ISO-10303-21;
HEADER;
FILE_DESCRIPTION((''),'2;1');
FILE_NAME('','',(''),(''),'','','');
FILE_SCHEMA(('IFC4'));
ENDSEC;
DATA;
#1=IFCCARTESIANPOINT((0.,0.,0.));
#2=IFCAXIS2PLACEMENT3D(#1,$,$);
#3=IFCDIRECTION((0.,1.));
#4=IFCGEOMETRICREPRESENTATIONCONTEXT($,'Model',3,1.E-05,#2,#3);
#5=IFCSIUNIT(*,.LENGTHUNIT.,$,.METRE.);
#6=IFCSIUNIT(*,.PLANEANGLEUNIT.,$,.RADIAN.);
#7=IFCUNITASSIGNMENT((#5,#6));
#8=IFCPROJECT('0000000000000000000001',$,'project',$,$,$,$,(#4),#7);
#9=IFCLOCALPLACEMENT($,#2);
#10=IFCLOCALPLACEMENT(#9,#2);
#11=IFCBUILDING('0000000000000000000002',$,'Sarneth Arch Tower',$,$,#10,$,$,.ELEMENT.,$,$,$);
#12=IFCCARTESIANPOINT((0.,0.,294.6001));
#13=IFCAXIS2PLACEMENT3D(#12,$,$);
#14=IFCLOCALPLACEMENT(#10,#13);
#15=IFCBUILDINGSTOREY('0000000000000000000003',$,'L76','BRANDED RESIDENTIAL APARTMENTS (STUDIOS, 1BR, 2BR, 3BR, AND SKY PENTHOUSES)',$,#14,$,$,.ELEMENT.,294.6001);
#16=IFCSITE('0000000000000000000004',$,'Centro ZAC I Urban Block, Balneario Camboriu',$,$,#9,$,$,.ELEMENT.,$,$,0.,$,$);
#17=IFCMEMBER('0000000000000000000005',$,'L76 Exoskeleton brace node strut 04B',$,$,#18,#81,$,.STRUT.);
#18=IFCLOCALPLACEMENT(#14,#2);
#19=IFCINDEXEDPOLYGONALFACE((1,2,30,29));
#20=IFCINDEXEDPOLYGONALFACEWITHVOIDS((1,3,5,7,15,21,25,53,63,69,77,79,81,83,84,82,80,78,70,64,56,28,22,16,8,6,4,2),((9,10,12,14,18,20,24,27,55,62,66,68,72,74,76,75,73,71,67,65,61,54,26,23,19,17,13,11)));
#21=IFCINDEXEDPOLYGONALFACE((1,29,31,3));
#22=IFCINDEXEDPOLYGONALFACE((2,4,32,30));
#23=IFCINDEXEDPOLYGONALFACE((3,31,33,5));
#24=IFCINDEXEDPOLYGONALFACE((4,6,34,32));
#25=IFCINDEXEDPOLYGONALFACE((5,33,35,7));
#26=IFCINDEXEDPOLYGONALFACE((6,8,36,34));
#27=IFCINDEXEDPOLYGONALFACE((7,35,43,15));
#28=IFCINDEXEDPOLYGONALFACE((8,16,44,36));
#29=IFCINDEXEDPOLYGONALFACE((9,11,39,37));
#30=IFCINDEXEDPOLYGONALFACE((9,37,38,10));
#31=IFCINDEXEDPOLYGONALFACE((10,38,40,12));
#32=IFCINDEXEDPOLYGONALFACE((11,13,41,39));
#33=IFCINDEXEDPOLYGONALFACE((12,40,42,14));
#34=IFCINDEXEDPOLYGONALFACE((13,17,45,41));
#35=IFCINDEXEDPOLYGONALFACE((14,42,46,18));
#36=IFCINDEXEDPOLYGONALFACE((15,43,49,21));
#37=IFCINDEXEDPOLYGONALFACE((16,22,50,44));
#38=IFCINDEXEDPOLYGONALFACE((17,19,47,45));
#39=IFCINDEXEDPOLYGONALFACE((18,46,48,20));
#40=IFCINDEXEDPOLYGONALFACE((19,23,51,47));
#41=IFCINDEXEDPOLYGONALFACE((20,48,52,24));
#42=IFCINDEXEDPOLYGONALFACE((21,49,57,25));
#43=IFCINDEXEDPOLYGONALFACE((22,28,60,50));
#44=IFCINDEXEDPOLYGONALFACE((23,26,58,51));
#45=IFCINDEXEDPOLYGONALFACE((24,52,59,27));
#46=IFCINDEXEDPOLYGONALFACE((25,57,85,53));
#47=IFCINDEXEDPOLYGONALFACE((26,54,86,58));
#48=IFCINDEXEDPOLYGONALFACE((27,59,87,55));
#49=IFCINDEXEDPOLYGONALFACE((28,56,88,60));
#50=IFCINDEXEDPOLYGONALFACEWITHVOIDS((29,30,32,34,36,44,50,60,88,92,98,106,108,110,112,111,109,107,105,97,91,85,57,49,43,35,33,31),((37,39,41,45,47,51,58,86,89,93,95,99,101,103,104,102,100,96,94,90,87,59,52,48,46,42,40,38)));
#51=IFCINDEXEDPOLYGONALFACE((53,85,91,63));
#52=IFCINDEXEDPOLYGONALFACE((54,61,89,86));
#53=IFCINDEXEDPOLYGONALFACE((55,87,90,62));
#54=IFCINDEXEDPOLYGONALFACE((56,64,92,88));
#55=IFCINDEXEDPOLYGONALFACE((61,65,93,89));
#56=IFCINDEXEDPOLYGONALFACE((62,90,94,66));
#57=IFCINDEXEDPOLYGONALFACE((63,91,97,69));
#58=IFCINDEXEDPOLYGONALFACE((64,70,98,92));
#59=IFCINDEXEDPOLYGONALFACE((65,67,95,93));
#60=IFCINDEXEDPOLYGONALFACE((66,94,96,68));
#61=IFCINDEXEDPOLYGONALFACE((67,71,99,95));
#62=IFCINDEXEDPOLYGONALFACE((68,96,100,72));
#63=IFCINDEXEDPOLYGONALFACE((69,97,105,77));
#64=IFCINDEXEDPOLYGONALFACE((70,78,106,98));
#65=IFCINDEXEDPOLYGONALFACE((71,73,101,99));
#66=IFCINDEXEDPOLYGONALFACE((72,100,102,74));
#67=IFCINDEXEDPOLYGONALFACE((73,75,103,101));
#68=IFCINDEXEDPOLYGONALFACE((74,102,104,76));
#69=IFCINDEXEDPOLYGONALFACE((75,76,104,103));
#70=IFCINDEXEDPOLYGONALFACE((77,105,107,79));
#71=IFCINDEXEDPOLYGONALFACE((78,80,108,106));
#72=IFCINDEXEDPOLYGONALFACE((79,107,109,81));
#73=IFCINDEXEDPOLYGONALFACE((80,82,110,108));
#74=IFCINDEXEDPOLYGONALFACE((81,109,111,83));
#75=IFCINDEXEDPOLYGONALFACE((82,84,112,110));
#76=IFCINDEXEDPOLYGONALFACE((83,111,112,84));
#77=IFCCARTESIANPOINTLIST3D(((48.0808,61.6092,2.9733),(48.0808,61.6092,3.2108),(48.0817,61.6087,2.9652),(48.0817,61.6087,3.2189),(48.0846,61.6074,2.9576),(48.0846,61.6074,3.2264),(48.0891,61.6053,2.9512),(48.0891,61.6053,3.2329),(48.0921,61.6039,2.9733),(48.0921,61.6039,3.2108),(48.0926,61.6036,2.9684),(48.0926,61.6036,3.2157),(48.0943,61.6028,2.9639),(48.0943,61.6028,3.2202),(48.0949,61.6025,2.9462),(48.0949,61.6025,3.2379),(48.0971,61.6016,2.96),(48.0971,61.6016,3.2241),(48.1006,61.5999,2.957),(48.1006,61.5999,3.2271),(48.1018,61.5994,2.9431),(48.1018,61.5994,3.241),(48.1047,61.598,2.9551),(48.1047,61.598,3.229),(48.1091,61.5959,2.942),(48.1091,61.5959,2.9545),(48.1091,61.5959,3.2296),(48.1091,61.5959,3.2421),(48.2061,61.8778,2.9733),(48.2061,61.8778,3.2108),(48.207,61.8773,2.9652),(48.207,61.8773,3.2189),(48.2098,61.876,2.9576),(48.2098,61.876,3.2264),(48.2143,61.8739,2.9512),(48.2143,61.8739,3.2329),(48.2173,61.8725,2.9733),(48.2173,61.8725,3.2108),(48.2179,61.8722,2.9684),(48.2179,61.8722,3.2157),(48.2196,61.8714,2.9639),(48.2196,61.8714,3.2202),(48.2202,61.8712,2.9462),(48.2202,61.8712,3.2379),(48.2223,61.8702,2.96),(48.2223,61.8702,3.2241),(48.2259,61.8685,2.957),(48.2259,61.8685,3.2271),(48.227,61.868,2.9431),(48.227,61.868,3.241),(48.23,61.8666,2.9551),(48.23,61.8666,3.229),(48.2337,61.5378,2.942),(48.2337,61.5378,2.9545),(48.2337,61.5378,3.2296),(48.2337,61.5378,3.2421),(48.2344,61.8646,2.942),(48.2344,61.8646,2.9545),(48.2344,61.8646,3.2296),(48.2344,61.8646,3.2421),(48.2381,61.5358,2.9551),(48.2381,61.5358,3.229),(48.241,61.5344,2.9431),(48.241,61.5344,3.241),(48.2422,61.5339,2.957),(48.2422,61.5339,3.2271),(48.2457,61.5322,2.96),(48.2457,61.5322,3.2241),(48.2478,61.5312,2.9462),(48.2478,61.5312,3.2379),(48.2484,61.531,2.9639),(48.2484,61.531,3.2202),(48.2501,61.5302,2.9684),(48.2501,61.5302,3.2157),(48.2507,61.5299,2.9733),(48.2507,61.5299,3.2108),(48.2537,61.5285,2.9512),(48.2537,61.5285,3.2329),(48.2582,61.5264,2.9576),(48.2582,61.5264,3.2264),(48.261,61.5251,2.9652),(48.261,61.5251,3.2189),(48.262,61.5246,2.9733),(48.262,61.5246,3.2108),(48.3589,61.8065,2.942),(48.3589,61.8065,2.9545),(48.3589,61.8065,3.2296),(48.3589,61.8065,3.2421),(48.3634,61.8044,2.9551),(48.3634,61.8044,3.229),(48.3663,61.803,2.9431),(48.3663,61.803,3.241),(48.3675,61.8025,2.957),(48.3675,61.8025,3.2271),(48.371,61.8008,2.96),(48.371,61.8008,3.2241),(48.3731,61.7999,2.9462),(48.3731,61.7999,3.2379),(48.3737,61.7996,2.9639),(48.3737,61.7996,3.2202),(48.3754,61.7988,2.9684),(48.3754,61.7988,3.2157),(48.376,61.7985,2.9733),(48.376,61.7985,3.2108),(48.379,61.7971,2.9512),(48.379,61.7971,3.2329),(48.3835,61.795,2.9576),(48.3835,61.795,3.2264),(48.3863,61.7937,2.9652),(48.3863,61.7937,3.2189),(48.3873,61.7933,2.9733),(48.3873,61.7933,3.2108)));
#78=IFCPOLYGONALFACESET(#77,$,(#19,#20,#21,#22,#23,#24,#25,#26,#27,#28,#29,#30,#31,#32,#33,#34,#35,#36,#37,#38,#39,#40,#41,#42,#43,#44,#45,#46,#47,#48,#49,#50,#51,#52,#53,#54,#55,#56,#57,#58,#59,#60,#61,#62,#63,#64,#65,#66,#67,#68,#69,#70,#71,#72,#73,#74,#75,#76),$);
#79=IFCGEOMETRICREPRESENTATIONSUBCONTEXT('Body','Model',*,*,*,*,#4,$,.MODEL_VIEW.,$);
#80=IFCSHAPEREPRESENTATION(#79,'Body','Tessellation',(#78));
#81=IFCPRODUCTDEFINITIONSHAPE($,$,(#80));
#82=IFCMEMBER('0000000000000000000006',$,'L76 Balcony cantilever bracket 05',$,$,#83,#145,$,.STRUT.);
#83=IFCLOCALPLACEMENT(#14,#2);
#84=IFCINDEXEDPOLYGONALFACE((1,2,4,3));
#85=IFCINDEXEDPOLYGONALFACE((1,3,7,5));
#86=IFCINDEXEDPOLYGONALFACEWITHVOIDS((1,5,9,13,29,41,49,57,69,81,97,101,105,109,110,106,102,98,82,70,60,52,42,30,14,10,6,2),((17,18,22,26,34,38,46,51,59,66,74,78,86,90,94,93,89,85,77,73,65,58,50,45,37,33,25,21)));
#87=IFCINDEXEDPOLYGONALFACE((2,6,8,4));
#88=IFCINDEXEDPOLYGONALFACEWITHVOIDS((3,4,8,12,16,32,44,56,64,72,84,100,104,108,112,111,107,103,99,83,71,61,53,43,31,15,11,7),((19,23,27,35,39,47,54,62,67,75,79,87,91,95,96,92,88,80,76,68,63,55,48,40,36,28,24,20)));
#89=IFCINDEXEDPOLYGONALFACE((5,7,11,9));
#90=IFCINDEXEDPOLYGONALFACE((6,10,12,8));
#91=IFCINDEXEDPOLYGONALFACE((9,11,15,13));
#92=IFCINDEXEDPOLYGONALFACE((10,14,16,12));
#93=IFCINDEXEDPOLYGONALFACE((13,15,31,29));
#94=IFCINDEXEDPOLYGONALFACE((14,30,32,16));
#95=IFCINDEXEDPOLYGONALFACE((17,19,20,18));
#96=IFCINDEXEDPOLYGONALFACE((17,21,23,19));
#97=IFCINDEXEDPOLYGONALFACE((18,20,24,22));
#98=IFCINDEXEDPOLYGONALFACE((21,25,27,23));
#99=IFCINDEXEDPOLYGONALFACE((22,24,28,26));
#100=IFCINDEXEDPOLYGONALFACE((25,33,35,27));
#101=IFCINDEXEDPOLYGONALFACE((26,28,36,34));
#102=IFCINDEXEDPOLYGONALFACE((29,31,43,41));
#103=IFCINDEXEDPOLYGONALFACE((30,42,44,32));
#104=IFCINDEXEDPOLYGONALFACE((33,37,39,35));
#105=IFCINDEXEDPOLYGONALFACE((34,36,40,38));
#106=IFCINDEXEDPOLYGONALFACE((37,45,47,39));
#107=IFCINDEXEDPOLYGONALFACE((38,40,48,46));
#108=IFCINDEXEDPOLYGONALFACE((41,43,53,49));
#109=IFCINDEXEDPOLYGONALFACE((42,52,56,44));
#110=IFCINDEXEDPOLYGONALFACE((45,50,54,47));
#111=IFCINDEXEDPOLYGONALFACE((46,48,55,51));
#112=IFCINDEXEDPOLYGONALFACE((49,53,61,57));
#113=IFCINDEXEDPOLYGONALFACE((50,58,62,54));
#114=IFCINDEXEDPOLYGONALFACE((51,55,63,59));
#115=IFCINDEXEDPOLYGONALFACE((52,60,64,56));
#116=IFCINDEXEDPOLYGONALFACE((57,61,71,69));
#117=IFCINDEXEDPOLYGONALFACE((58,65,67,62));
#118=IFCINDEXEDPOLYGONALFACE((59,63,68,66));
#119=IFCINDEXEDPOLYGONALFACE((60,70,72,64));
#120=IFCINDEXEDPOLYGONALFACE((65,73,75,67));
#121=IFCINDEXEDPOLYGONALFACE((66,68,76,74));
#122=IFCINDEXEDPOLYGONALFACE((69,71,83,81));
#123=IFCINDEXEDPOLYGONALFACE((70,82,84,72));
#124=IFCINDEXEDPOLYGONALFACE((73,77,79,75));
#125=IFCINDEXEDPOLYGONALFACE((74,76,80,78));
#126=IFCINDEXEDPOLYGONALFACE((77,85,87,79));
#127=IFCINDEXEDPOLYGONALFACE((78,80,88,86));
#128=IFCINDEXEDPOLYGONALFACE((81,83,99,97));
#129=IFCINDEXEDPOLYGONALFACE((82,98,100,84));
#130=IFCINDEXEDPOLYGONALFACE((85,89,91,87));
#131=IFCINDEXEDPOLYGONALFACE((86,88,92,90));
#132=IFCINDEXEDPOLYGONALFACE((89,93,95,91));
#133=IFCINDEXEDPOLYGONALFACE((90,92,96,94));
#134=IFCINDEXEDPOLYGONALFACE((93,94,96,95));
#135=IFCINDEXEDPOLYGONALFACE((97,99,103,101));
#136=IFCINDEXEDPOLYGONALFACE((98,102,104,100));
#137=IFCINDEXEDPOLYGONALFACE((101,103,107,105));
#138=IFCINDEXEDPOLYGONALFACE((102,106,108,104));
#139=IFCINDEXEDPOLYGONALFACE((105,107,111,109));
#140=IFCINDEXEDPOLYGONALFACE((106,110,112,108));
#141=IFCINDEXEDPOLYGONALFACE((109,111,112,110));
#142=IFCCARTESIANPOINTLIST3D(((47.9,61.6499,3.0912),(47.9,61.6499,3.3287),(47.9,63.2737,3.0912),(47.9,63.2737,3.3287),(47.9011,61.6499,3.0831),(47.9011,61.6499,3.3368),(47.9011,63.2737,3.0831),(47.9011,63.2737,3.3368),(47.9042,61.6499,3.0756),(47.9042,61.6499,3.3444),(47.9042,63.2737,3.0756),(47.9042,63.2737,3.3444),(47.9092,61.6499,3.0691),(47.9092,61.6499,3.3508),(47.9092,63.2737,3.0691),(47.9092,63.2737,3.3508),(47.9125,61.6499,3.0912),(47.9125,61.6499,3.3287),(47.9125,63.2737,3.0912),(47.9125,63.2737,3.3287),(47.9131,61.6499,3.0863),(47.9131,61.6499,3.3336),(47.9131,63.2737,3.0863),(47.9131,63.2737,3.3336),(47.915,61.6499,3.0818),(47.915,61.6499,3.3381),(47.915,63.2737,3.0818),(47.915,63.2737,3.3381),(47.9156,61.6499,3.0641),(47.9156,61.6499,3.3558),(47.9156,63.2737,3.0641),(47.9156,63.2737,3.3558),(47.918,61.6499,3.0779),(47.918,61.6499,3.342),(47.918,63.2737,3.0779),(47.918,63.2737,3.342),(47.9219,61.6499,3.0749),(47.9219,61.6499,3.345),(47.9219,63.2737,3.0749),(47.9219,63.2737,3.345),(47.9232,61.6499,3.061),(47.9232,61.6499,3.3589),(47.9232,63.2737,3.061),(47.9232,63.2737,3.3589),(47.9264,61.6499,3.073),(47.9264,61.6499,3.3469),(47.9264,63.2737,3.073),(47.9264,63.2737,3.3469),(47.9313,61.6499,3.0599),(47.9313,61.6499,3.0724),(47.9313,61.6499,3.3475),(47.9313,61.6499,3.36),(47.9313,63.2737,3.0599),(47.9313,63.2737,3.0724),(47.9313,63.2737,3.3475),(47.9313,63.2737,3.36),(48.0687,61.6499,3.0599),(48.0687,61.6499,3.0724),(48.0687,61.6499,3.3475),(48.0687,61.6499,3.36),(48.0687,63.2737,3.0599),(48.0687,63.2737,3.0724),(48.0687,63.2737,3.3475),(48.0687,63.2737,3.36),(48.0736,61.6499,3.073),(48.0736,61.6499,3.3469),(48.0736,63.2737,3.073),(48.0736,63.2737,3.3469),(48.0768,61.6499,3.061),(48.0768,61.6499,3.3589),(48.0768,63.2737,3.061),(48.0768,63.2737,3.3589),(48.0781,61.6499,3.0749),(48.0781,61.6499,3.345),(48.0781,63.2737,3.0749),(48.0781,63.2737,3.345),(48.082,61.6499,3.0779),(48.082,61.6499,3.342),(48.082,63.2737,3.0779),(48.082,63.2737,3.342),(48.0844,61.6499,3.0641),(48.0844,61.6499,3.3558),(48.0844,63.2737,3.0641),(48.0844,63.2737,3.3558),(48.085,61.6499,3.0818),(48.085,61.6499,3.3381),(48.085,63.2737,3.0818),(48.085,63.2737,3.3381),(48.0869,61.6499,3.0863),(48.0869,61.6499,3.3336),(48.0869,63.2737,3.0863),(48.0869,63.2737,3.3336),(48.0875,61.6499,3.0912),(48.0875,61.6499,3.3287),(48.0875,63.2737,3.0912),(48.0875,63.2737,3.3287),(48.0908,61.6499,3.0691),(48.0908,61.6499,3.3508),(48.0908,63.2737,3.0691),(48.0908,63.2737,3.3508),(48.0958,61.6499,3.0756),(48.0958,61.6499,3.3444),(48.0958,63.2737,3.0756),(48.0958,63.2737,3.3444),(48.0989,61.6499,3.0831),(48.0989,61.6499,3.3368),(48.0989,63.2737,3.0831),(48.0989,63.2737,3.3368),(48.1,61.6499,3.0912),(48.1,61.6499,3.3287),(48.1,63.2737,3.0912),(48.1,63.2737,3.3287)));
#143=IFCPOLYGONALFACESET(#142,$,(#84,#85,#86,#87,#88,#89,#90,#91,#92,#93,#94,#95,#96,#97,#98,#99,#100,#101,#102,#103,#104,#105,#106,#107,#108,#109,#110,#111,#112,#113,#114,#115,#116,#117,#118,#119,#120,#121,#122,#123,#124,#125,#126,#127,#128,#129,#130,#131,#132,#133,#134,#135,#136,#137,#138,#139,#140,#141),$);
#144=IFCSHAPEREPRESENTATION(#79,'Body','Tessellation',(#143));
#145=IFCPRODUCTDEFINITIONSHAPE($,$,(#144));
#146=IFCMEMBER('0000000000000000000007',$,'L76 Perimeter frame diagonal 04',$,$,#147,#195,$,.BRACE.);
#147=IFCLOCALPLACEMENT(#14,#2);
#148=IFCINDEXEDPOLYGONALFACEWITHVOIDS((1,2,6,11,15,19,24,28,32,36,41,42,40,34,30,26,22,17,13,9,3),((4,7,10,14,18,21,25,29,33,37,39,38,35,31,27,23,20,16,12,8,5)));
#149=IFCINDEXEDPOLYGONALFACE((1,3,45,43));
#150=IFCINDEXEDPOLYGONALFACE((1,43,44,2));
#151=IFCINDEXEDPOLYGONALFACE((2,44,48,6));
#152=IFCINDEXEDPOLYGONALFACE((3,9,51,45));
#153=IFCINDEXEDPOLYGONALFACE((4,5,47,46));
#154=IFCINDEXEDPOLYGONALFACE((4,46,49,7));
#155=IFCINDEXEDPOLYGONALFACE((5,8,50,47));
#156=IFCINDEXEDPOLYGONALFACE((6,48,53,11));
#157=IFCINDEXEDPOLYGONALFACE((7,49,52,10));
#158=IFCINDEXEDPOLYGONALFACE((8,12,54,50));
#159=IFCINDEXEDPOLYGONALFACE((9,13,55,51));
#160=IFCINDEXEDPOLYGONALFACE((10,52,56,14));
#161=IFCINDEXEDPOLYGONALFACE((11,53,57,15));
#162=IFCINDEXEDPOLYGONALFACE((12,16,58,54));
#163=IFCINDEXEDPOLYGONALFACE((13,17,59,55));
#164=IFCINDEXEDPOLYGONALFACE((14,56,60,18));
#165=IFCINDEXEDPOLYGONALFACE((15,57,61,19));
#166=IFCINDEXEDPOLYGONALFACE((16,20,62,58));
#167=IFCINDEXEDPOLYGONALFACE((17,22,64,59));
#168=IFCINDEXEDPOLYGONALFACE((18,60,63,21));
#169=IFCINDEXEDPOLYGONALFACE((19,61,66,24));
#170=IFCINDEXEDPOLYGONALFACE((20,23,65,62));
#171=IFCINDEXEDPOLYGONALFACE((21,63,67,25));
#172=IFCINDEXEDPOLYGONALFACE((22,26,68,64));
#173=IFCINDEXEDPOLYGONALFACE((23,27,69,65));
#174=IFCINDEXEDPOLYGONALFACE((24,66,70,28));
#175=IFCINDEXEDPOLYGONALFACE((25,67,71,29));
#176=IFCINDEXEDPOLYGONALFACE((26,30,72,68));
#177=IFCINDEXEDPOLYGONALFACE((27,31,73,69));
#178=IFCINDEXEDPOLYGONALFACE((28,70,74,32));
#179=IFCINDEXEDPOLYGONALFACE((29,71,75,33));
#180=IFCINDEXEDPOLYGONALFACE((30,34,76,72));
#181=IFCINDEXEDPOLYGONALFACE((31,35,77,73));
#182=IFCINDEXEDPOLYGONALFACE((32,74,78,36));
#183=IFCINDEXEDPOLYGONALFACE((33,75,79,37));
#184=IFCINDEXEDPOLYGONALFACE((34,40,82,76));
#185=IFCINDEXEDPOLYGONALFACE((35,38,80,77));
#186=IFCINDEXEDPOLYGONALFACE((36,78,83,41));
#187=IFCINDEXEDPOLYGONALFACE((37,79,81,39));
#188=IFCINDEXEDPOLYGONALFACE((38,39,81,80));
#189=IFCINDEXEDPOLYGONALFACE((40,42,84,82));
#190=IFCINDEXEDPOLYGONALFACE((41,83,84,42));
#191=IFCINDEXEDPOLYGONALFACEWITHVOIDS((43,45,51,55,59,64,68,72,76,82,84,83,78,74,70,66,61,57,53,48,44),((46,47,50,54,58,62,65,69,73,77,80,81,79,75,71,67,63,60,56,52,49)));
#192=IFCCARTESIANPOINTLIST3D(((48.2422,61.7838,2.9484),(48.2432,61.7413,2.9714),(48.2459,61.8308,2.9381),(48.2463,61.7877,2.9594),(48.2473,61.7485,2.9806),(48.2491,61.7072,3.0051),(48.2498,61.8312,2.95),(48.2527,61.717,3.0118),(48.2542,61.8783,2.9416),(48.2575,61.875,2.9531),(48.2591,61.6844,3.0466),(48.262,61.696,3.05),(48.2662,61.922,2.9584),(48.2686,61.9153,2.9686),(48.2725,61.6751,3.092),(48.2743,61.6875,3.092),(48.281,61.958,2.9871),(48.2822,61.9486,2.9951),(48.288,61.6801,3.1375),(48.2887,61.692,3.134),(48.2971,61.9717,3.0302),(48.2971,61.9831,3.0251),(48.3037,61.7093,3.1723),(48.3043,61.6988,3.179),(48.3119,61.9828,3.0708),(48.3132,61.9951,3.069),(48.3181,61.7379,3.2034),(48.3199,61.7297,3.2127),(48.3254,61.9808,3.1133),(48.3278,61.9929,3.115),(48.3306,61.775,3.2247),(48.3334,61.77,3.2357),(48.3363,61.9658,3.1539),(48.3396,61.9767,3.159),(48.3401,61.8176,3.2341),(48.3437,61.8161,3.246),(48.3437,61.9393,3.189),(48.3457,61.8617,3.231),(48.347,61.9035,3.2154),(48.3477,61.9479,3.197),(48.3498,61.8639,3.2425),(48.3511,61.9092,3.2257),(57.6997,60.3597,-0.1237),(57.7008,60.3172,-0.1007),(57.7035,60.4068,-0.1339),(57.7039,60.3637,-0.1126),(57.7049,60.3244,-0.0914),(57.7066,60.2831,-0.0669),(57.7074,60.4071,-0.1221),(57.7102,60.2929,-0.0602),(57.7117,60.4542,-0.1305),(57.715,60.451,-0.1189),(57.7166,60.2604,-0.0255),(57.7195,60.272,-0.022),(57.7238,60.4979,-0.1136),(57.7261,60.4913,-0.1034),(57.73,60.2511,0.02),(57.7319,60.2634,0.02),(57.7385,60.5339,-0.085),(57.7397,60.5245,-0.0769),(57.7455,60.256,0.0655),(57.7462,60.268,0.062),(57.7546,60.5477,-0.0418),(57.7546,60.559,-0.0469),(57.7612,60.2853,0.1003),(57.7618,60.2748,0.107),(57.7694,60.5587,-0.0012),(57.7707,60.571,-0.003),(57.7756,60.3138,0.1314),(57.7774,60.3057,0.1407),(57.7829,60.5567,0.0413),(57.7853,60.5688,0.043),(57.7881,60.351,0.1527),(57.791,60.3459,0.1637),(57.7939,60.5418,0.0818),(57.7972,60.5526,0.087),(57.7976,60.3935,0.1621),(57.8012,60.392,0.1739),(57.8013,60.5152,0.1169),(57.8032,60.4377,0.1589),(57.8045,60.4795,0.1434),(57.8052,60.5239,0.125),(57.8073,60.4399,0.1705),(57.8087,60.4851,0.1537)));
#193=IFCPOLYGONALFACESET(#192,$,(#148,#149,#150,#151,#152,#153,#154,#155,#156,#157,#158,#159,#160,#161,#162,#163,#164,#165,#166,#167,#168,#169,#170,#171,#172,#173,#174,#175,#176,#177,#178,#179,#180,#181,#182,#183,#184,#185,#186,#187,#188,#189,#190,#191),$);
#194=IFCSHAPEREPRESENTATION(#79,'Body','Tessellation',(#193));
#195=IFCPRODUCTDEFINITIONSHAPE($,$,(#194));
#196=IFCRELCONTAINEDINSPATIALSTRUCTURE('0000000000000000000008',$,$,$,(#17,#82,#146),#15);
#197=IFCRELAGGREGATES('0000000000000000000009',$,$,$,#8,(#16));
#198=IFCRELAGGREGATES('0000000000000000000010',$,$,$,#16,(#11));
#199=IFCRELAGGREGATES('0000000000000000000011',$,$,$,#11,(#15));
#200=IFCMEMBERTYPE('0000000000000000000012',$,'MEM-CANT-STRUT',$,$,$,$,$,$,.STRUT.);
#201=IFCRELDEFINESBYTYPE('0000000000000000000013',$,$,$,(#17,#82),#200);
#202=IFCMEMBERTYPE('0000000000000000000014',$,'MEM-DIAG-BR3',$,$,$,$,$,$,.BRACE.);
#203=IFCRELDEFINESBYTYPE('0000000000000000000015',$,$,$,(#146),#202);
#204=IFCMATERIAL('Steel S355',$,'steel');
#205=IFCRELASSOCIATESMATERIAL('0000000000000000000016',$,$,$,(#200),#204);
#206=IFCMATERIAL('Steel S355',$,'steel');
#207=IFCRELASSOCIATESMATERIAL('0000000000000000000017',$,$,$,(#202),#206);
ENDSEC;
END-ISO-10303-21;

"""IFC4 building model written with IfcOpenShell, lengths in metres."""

from ifc_helpers import new_model, si_unit, direction, frame, origin, origin_2d, place, context, subcontext, project, spatial, hollow_rectangle, hollow_circle, extrude, material, material_profile, profile_set, type_object, element, save


model = new_model("IFC4")

# Units and contexts
model_context = context("Model", 3, precision=1e-05, world=origin(), true_north=direction((0.0, 1.0)))
body_context = subcontext(model_context, "Body", "Model", "MODEL_VIEW")
ifc_project = project(units=[si_unit("LENGTHUNIT", "METRE"), si_unit("PLANEANGLEUNIT", "RADIAN")], contexts=[model_context])

# Site, building, storey
site_placement = place(None, origin())
site = spatial("IfcSite", under=ifc_project, at=site_placement, Name="Centro ZAC I Urban Block, Balneario Camboriu", CompositionType="ELEMENT", RefElevation=0.0)
building_placement = place(site_placement, origin())
building = spatial("IfcBuilding", under=site, at=building_placement, Name="Sarneth Arch Tower", CompositionType="ELEMENT")
storey_placement = place(building_placement, frame((0.0, 0.0, 294.6001)))
storey = spatial("IfcBuildingStorey", under=building, at=storey_placement, Name="L76", Description="BRANDED RESIDENTIAL APARTMENTS (STUDIOS, 1BR, 2BR, 3BR, AND SKY PENTHOUSES)", CompositionType="ELEMENT", Elevation=294.6001)

# Members
ifc_material_1 = material(Name="Steel S355", Category="steel")
ifc_material_profile_1 = material_profile(ifc_material_1, hollow_rectangle(XDim=0.2, YDim=0.3, WallThickness=0.0125, InnerFilletRadius=0.0188, OuterFilletRadius=0.0312, at=origin_2d()), Name="RHS300x200x12.5")
ifc_profile_set_1 = profile_set([ifc_material_profile_1], Name="Steel S355")
member_type_1 = type_object("IfcMemberType", Name="MEM-CANT-STRUT", PredefinedType="STRUT", material=ifc_profile_set_1)
member_1_placement = place(storey_placement, frame((48.1714, 61.5669, 3.092), z_axis=(0.42266, 0.906288, 0.0), x_axis=(-0.906288, 0.42266, 0.0)))
element("IfcMember", 1, at=member_1_placement, inside=storey, type_object=member_type_1, Name="L76 Exoskeleton brace node strut 04B", PredefinedType="STRUT", context=body_context, shape_type="SweptSolid", body=[
    extrude(hollow_rectangle(XDim=0.2, YDim=0.3, WallThickness=0.0125, InnerFilletRadius=0.0188, OuterFilletRadius=0.0312, at=origin_2d()), origin(), (0.0, 0.0, 1.0), 0.2964),
])
member_2_placement = place(storey_placement, frame((48.0, 61.6499, 3.21), z_axis=(0.0, 1.0, 0.0), x_axis=(-1.0, 0.0, 0.0)))
element("IfcMember", 2, at=member_2_placement, inside=storey, type_object=member_type_1, Name="L76 Balcony cantilever bracket 05", PredefinedType="STRUT", context=body_context, shape_type="SweptSolid", body=[
    extrude(hollow_rectangle(XDim=0.2, YDim=0.3, WallThickness=0.0125, InnerFilletRadius=0.0188, OuterFilletRadius=0.0312, at=origin_2d()), origin(), (0.0, 0.0, 1.0), 1.6238),
])
ifc_material_2 = material(Name="Steel S355", Category="steel")
ifc_material_profile_2 = material_profile(ifc_material_2, hollow_circle(Radius=0.1621, WallThickness=0.0125, at=origin_2d()), Name="CHS324x12.5")
ifc_profile_set_2 = profile_set([ifc_material_profile_2], Name="Steel S355")
member_type_2 = type_object("IfcMemberType", Name="MEM-DIAG-BR3", PredefinedType="BRACE", material=ifc_profile_set_2)
member_3_placement = place(storey_placement, frame((57.7542, 60.4114, 0.02), z_axis=(-0.941478, 0.141764, 0.305814), x_axis=(-0.148897, -0.988853, 0.0)))
element("IfcMember", 3, at=member_3_placement, inside=storey, type_object=member_type_2, Name="L76 Perimeter frame diagonal 04", PredefinedType="BRACE", context=body_context, shape_type="SweptSolid", body=[
    extrude(hollow_circle(Radius=0.1621, WallThickness=0.0125, at=origin_2d()), origin(), (0.0, 0.0, 1.0), 10.0454),
])

save(model, "model.ifc")
